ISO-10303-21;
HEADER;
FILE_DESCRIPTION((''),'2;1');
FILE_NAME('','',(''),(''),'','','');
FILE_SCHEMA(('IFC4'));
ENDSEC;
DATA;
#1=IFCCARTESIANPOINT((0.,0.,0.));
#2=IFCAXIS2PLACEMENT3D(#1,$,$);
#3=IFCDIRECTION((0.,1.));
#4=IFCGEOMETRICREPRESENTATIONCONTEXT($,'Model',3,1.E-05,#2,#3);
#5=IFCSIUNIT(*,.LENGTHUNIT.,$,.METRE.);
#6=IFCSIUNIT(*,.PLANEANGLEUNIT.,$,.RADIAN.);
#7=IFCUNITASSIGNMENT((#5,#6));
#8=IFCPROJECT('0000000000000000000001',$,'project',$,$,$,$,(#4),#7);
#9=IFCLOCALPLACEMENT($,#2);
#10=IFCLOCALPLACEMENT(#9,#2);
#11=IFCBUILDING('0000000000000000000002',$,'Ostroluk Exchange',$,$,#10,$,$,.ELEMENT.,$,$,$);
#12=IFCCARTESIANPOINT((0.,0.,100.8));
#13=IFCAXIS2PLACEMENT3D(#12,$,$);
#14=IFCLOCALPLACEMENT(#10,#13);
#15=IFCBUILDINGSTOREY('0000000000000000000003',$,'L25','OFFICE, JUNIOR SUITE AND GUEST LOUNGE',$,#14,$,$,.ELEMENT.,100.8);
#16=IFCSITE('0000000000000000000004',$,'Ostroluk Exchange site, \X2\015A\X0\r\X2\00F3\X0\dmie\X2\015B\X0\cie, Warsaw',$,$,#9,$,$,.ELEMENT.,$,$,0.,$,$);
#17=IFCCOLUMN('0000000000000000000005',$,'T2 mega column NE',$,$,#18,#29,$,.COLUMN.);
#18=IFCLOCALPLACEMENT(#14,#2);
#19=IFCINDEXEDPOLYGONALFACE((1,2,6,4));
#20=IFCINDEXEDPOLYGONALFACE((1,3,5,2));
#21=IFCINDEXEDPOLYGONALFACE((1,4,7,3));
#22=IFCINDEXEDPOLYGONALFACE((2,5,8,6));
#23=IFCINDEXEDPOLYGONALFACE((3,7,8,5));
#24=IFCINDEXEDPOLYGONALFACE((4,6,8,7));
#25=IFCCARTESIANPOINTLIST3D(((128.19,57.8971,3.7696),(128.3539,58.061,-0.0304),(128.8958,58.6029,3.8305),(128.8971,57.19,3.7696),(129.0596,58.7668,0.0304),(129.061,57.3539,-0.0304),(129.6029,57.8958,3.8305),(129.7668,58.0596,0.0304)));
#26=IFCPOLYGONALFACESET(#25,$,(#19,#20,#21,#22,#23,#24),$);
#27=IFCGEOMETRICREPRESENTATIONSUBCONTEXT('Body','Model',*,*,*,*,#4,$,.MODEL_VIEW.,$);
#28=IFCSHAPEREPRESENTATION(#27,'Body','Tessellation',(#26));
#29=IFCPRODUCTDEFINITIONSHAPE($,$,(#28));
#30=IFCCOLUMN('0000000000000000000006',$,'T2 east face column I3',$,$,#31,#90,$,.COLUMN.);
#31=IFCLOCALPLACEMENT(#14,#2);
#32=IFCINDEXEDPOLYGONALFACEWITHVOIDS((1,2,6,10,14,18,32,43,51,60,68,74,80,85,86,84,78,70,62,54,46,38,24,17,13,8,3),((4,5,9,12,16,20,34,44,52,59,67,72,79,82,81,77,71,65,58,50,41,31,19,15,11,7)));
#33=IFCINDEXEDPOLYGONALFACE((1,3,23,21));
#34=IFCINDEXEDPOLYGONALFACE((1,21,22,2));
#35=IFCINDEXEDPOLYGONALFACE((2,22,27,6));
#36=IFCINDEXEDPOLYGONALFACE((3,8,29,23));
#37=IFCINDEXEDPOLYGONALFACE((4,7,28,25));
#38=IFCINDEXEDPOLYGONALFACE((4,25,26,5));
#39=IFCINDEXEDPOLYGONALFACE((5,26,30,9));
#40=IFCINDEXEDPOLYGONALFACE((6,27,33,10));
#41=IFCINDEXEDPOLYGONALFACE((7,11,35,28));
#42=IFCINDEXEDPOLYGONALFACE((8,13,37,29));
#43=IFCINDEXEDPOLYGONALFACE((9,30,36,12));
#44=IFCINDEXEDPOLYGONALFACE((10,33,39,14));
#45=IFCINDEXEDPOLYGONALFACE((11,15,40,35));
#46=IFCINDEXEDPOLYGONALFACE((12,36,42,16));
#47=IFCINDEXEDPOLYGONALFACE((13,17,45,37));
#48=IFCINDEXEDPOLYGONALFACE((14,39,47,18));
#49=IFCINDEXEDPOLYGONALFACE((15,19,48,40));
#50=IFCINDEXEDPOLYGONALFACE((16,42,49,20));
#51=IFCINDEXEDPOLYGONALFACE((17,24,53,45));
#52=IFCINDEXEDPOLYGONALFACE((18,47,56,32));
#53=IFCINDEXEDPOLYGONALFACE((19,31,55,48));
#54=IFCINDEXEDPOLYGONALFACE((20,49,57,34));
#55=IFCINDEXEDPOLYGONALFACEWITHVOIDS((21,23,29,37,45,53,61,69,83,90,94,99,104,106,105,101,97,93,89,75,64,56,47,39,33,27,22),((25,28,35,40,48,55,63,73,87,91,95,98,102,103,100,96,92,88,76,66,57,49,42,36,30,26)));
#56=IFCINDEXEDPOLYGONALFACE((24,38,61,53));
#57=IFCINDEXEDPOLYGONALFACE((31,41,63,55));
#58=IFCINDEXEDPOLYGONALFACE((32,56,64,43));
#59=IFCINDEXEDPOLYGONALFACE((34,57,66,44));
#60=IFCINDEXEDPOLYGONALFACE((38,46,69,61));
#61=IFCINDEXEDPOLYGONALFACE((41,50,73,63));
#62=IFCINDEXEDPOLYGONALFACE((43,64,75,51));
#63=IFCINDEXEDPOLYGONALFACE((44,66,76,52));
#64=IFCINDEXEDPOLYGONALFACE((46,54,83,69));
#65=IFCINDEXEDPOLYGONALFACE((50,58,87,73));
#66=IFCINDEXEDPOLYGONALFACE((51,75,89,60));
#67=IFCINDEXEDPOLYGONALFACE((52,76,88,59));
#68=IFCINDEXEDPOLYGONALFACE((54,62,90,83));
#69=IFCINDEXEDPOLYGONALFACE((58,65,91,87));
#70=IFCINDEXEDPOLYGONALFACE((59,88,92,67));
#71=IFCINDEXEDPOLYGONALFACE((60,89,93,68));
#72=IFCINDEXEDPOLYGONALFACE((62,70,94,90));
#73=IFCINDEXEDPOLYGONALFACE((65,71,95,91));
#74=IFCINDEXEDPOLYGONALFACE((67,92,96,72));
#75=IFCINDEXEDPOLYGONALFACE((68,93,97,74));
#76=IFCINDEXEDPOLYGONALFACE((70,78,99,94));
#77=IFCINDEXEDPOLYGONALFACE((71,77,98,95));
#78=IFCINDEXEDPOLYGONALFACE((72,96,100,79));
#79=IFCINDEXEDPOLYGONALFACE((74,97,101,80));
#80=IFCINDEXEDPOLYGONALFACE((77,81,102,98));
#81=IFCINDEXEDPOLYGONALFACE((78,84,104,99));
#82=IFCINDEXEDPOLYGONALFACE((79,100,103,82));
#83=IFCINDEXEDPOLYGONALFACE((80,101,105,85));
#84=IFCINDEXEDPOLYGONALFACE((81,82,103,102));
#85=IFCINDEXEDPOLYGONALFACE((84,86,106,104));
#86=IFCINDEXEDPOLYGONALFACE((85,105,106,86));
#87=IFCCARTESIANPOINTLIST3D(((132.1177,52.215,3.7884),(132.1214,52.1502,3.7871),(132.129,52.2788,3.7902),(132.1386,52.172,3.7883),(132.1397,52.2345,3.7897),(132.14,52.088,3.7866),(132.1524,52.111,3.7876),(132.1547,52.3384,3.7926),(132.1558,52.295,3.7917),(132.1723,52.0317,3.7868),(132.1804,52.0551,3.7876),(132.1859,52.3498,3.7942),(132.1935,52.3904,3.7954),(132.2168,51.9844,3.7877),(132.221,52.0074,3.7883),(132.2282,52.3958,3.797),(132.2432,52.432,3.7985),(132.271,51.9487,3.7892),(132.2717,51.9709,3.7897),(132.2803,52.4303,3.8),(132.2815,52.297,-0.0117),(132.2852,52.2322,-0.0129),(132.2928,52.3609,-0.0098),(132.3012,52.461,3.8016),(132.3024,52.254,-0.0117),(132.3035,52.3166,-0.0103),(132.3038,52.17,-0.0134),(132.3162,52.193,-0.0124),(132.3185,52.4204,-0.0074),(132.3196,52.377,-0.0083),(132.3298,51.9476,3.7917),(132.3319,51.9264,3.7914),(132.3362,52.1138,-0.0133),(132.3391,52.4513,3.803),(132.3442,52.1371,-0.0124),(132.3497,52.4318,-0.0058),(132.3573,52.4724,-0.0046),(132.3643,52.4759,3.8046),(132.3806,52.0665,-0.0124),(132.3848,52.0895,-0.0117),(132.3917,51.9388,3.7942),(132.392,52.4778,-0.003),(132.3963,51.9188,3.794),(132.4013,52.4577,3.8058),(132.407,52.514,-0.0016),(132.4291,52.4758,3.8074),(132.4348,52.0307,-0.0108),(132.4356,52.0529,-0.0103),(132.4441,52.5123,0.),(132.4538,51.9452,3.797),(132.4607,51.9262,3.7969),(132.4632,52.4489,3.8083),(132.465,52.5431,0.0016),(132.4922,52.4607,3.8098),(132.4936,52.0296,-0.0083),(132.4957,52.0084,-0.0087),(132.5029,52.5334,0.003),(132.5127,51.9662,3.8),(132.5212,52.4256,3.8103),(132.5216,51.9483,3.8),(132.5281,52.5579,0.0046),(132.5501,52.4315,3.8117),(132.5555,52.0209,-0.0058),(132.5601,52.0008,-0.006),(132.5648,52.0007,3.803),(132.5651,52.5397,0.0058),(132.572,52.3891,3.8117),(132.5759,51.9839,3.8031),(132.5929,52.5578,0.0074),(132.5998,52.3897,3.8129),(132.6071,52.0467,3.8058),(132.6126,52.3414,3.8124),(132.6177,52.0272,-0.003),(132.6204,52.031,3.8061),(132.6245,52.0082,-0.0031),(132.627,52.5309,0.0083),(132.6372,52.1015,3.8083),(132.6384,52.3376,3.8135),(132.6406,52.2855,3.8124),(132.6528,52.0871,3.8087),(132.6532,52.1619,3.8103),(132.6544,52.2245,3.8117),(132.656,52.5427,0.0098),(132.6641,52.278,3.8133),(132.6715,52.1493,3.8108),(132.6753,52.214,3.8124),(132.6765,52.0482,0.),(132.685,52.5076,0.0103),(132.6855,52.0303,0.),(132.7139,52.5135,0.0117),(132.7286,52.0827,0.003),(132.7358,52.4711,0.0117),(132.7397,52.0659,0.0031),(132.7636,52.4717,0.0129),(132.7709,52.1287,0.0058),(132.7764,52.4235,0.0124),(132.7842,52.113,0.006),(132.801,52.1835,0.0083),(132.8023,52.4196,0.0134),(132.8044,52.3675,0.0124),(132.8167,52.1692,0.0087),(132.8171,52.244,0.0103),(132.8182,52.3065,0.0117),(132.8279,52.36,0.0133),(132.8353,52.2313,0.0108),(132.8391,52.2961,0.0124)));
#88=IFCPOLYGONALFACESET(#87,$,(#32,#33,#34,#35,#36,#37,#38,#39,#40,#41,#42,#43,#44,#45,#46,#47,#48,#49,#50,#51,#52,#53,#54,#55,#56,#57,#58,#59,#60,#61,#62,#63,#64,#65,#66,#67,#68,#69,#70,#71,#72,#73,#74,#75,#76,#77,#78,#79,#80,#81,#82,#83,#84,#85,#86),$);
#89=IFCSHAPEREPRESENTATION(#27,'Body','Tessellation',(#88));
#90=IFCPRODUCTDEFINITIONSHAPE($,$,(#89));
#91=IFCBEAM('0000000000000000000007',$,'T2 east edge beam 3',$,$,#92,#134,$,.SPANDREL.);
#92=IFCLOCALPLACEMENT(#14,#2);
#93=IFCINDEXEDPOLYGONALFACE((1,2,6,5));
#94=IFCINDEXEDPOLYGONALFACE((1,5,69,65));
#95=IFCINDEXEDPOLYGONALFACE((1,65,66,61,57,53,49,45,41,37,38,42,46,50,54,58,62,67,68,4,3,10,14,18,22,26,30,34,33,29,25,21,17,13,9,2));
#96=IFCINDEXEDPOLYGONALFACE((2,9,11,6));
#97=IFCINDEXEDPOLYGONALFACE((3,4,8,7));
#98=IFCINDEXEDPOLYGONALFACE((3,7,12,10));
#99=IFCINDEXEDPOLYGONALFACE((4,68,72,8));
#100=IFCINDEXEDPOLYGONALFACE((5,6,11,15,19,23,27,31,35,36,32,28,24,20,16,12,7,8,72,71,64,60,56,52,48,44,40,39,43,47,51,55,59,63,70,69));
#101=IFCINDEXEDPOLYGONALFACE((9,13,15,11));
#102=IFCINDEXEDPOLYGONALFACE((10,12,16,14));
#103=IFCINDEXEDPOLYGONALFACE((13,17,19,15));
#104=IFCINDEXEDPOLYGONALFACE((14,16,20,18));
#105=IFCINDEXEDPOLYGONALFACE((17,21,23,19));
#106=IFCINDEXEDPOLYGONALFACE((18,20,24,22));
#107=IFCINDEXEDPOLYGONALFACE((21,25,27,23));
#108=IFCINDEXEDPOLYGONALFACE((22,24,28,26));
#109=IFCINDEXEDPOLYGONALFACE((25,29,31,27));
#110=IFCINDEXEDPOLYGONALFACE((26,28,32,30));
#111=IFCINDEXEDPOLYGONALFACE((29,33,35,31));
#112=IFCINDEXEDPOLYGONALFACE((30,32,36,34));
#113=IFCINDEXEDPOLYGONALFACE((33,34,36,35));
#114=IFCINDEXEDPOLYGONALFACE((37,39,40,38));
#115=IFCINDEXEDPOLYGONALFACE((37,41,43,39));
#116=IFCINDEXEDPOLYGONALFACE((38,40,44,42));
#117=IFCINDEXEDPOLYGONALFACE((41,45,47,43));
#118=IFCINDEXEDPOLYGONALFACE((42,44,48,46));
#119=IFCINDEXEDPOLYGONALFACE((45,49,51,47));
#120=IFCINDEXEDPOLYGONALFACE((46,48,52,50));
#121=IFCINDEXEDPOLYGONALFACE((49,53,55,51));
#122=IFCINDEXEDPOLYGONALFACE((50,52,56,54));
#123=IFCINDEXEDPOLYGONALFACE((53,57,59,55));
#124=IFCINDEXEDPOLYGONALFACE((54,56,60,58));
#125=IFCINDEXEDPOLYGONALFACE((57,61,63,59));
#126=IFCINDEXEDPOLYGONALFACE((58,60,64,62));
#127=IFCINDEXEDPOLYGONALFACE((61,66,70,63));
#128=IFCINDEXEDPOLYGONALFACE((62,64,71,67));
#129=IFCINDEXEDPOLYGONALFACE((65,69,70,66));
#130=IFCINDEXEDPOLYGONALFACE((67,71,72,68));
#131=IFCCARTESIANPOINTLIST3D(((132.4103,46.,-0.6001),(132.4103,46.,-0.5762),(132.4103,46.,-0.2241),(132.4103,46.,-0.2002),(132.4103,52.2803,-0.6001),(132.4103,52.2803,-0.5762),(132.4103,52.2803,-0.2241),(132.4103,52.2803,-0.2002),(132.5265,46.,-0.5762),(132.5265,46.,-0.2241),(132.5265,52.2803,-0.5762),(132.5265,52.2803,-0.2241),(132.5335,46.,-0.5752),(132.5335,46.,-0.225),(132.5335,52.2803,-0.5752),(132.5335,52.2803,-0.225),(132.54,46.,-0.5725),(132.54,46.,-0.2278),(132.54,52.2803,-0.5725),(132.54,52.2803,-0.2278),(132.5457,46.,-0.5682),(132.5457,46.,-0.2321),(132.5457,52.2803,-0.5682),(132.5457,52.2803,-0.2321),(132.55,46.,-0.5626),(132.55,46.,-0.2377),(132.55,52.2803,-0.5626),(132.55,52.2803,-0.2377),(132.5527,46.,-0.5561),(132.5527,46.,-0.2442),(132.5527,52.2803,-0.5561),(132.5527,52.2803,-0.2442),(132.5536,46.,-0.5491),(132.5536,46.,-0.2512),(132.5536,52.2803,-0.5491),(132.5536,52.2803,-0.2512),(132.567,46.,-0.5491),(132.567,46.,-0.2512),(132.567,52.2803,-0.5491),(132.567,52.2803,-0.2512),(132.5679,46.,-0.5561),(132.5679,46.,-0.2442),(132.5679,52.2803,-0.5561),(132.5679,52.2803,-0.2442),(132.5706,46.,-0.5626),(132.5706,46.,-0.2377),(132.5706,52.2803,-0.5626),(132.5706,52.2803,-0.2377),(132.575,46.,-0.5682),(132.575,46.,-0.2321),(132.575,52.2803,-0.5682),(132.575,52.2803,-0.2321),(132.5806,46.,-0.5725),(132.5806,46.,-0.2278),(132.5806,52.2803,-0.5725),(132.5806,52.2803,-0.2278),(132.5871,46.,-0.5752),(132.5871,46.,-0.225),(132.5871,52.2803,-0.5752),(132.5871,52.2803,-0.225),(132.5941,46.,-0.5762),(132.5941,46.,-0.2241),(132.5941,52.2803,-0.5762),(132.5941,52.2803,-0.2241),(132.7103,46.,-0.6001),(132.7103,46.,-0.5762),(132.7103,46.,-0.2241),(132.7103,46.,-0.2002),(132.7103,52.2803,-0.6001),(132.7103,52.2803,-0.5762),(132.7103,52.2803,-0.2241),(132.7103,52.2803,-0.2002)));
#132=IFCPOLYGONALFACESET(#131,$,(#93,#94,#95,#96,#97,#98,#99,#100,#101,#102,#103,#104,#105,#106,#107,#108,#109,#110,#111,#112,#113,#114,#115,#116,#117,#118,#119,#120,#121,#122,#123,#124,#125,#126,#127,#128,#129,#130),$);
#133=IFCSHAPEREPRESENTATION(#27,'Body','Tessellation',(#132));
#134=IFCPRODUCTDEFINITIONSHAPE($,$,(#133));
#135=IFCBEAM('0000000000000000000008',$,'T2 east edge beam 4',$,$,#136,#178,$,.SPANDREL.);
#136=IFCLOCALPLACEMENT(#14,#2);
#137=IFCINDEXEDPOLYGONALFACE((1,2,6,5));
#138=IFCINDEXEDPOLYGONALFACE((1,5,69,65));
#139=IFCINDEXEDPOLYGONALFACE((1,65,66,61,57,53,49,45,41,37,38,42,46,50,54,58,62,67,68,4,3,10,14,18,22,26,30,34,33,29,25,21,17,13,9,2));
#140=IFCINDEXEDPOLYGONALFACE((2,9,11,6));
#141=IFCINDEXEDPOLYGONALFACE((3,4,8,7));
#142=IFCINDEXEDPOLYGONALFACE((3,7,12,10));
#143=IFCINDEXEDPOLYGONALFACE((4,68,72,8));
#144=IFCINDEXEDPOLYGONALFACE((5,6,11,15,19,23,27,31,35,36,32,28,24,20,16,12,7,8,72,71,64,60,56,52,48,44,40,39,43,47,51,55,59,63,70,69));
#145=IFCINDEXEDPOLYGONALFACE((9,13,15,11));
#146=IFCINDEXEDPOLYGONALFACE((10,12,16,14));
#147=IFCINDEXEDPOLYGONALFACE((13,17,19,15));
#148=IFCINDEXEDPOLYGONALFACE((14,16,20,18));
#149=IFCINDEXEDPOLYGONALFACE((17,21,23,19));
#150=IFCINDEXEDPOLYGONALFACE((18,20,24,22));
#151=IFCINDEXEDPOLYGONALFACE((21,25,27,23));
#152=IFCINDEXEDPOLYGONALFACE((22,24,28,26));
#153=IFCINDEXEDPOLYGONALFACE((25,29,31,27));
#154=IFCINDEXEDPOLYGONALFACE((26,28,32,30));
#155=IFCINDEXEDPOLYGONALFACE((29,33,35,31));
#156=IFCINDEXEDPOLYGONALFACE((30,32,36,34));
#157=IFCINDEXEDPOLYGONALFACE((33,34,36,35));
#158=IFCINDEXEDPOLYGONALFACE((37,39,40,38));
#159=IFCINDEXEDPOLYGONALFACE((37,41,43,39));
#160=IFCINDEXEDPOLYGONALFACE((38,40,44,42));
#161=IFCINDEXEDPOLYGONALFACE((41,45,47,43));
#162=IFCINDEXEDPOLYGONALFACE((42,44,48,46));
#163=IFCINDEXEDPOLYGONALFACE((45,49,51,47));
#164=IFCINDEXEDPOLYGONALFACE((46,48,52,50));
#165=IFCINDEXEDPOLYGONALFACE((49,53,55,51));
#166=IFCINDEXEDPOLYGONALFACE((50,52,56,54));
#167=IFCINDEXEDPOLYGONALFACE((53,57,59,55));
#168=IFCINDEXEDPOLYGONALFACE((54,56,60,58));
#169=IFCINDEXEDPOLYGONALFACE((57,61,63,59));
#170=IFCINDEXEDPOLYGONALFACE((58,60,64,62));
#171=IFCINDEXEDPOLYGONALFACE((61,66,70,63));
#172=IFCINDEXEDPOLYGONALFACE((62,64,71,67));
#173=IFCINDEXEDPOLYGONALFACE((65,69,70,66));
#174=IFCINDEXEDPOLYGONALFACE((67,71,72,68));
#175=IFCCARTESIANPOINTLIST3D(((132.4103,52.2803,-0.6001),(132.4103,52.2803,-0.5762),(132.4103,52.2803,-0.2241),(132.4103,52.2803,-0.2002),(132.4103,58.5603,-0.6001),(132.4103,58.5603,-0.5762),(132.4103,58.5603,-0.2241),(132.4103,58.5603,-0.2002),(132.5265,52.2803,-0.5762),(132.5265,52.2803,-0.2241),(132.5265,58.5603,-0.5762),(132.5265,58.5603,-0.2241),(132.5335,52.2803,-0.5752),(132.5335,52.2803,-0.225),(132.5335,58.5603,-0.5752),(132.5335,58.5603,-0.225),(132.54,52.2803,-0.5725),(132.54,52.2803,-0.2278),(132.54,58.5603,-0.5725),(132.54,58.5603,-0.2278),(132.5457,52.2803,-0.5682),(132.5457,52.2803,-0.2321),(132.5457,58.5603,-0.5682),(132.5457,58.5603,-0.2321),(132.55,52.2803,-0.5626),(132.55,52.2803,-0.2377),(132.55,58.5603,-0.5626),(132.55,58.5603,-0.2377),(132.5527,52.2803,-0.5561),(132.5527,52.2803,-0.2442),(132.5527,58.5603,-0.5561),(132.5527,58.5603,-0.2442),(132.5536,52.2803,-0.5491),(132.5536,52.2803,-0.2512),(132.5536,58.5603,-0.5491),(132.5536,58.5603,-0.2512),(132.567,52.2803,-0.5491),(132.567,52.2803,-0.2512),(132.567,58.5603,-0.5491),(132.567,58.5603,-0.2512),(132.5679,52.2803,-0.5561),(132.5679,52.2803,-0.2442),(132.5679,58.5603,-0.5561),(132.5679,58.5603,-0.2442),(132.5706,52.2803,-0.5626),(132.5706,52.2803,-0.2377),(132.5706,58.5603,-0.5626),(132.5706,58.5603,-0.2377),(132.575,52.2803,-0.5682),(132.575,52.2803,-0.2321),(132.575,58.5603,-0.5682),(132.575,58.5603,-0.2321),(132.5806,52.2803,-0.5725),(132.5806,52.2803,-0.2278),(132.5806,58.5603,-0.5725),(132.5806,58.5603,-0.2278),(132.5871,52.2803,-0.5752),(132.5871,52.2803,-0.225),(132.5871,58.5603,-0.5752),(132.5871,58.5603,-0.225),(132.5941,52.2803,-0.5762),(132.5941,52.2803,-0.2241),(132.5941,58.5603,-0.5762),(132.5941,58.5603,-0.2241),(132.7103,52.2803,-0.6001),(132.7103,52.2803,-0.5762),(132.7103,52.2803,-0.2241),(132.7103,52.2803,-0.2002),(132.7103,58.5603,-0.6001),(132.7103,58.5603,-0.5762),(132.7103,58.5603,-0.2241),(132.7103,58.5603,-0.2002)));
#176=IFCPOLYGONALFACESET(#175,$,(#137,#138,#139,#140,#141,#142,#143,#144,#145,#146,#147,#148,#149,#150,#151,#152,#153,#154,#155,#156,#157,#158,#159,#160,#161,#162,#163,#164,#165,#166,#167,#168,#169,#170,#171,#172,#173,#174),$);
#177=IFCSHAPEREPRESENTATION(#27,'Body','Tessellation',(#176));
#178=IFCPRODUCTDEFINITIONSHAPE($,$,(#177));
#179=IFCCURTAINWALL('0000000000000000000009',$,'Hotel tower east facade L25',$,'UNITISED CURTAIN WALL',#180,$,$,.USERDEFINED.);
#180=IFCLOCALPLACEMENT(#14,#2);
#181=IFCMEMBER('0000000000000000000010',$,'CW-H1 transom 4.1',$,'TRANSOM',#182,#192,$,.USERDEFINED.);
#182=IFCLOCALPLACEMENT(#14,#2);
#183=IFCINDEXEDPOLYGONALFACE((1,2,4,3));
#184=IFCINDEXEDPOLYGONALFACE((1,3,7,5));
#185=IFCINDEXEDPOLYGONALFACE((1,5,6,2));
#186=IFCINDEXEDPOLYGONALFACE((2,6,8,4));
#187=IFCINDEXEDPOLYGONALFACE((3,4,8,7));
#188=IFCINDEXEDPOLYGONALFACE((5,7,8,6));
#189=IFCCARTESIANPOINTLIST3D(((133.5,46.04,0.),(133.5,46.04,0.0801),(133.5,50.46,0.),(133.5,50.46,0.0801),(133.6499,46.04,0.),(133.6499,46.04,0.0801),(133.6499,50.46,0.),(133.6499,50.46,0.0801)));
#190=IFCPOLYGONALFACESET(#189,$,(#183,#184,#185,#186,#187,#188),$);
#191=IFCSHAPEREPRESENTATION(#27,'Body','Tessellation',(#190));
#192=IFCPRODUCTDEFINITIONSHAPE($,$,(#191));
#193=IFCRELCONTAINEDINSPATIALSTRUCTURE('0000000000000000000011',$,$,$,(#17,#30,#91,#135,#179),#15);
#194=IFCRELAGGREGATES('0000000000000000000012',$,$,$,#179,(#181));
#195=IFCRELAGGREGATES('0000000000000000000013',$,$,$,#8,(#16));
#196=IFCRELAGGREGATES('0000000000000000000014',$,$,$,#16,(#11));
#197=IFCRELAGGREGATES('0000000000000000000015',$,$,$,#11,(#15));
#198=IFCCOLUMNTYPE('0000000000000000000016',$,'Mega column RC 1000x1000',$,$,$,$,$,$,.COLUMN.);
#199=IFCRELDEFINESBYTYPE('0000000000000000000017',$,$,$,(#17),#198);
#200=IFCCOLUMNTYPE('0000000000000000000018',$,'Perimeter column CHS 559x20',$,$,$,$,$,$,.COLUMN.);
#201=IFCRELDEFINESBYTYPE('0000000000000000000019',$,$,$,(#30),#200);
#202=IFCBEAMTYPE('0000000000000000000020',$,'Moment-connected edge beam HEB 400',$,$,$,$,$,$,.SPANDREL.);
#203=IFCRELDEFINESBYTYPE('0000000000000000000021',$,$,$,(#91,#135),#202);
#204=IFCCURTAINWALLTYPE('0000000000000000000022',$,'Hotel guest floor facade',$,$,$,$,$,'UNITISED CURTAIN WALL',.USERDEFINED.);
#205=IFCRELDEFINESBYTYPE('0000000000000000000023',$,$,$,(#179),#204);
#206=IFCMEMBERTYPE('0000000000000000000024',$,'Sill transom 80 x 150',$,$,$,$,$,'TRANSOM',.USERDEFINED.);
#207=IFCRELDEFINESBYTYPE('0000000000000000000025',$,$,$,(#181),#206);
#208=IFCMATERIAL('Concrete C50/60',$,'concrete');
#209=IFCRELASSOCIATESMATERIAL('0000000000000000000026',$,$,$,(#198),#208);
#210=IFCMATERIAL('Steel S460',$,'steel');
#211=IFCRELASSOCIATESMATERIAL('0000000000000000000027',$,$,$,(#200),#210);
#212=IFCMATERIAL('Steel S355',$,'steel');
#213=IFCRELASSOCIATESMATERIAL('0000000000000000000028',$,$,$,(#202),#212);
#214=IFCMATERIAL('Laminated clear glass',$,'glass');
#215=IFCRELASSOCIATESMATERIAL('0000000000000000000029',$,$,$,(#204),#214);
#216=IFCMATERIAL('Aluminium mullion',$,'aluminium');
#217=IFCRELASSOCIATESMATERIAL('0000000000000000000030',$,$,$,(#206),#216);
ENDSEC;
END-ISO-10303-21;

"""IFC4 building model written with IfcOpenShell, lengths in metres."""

from ifc_helpers import new_model, si_unit, direction, frame, origin, origin_2d, place, context, subcontext, project, spatial, rectangle, hollow_circle, i_section, extrude, material, material_profile, profile_set, type_object, element, aggregate, save


model = new_model("IFC4")

# Units and contexts
model_context = context("Model", 3, precision=1e-05, world=origin(), true_north=direction((0.0, 1.0)))
body_context = subcontext(model_context, "Body", "Model", "MODEL_VIEW")
ifc_project = project(units=[si_unit("LENGTHUNIT", "METRE"), si_unit("PLANEANGLEUNIT", "RADIAN")], contexts=[model_context])

# Site, building, storey
site_placement = place(None, origin())
site = spatial("IfcSite", under=ifc_project, at=site_placement, Name="Ostroluk Exchange site, Śródmieście, Warsaw", CompositionType="ELEMENT", RefElevation=0.0)
building_placement = place(site_placement, origin())
building = spatial("IfcBuilding", under=site, at=building_placement, Name="Ostroluk Exchange", CompositionType="ELEMENT")
storey_placement = place(building_placement, frame((0.0, 0.0, 100.8)))
storey = spatial("IfcBuildingStorey", under=building, at=storey_placement, Name="L25", Description="OFFICE, JUNIOR SUITE AND GUEST LOUNGE", CompositionType="ELEMENT", Elevation=100.8)

# Columns
ifc_material_1 = material(Name="Concrete C50/60", Category="concrete")
ifc_material_profile_1 = material_profile(ifc_material_1, rectangle(XDim=1.0, YDim=1.0, at=origin_2d()), Name="RC 1000x1000")
ifc_profile_set_1 = profile_set([ifc_material_profile_1], Name="Concrete C50/60")
column_type_1 = type_object("IfcColumnType", Name="Mega column RC 1000x1000", PredefinedType="COLUMN", material=ifc_profile_set_1)
column_1_placement = place(storey_placement, frame((129.0603, 58.0603, 0.0), z_axis=(-0.04303, -0.04303, 0.998147), x_axis=(0.707107, -0.707107, 0.0)))
element("IfcColumn", 1, at=column_1_placement, inside=storey, type_object=column_type_1, Name="T2 mega column NE", PredefinedType="COLUMN", context=body_context, shape_type="SweptSolid", body=[
    extrude(rectangle(XDim=1.0, YDim=1.0, at=origin_2d()), origin(), (0.0, 0.0, 1.0), 3.8071),
])
ifc_material_2 = material(Name="Steel S460", Category="steel")
ifc_material_profile_2 = material_profile(ifc_material_2, hollow_circle(Radius=0.2795, WallThickness=0.02, at=origin_2d()), Name="CHS 559x20")
ifc_profile_set_2 = profile_set([ifc_material_profile_2], Name="Steel S460")
column_type_2 = type_object("IfcColumnType", Name="Perimeter column CHS 559x20", PredefinedType="COLUMN", material=ifc_profile_set_2)
column_2_placement = place(storey_placement, frame((132.5603, 52.2803, 0.0), z_axis=(-0.04306, -0.021562, 0.99884), x_axis=(0.447747, -0.894161, 0.0)))
element("IfcColumn", 2, at=column_2_placement, inside=storey, type_object=column_type_2, Name="T2 east face column I3", PredefinedType="COLUMN", context=body_context, shape_type="SweptSolid", body=[
    extrude(hollow_circle(Radius=0.2795, WallThickness=0.02, at=origin_2d()), origin(), (0.0, 0.0, 1.0), 3.8044),
])

# Beams
ifc_material_3 = material(Name="Steel S355", Category="steel")
ifc_material_profile_3 = material_profile(ifc_material_3, i_section(OverallWidth=0.3, OverallDepth=0.3999, WebThickness=0.0134, FlangeThickness=0.0239, FilletRadius=0.0271, at=origin_2d()), Name="HEB 400")
ifc_profile_set_3 = profile_set([ifc_material_profile_3], Name="Steel S355")
beam_type = type_object("IfcBeamType", Name="Moment-connected edge beam HEB 400", PredefinedType="SPANDREL", material=ifc_profile_set_3)
beam_1_placement = place(storey_placement, frame((132.5603, 46.0, -0.4001), z_axis=(0.0, 1.0, 0.0), x_axis=(-1.0, 0.0, 0.0)))
element("IfcBeam", 3, at=beam_1_placement, inside=storey, type_object=beam_type, Name="T2 east edge beam 3", PredefinedType="SPANDREL", context=body_context, shape_type="SweptSolid", body=[
    extrude(i_section(OverallWidth=0.3, OverallDepth=0.3999, WebThickness=0.0134, FlangeThickness=0.0239, FilletRadius=0.0271, at=origin_2d()), origin(), (0.0, 0.0, 1.0), 6.2803),
])
beam_2_placement = place(storey_placement, frame((132.5603, 52.2803, -0.4001), z_axis=(0.0, 1.0, 0.0), x_axis=(-1.0, 0.0, 0.0)))
element("IfcBeam", 4, at=beam_2_placement, inside=storey, type_object=beam_type, Name="T2 east edge beam 4", PredefinedType="SPANDREL", context=body_context, shape_type="SweptSolid", body=[
    extrude(i_section(OverallWidth=0.3, OverallDepth=0.3999, WebThickness=0.0134, FlangeThickness=0.0239, FilletRadius=0.0271, at=origin_2d()), origin(), (0.0, 0.0, 1.0), 6.28),
])

# Curtain wall, member
ifc_material_4 = material(Name="Laminated clear glass", Category="glass")
curtain_wall_type = type_object("IfcCurtainWallType", Name="Hotel guest floor facade", ElementType="UNITISED CURTAIN WALL", PredefinedType="USERDEFINED", material=ifc_material_4)
curtain_wall_placement = place(storey_placement, origin())
curtain_wall = element("IfcCurtainWall", 5, at=curtain_wall_placement, inside=storey, type_object=curtain_wall_type, Name="Hotel tower east facade L25", ObjectType="UNITISED CURTAIN WALL", PredefinedType="USERDEFINED")
ifc_material_5 = material(Name="Aluminium mullion", Category="aluminium")
ifc_material_profile_4 = material_profile(ifc_material_5, rectangle(XDim=0.1499, YDim=0.0801, at=origin_2d()), Name="Sill transom 80 x 150")
ifc_profile_set_4 = profile_set([ifc_material_profile_4], Name="Aluminium mullion")
member_type_1 = type_object("IfcMemberType", Name="Sill transom 80 x 150", ElementType="TRANSOM", PredefinedType="USERDEFINED", material=ifc_profile_set_4)
member_1_placement = place(storey_placement, frame((133.575, 46.04, 0.04), z_axis=(0.0, 1.0, 0.0), x_axis=(-1.0, 0.0, 0.0)))
member_1 = element("IfcMember", 6, at=member_1_placement, type_object=member_type_1, Name="CW-H1 transom 4.1", ObjectType="TRANSOM", PredefinedType="USERDEFINED", context=body_context, shape_type="SweptSolid", body=[
    extrude(rectangle(XDim=0.1499, YDim=0.0801, at=origin_2d()), origin(), (0.0, 0.0, 1.0), 4.4199),
])
aggregate(curtain_wall, [member_1])

save(model, "model.ifc")
